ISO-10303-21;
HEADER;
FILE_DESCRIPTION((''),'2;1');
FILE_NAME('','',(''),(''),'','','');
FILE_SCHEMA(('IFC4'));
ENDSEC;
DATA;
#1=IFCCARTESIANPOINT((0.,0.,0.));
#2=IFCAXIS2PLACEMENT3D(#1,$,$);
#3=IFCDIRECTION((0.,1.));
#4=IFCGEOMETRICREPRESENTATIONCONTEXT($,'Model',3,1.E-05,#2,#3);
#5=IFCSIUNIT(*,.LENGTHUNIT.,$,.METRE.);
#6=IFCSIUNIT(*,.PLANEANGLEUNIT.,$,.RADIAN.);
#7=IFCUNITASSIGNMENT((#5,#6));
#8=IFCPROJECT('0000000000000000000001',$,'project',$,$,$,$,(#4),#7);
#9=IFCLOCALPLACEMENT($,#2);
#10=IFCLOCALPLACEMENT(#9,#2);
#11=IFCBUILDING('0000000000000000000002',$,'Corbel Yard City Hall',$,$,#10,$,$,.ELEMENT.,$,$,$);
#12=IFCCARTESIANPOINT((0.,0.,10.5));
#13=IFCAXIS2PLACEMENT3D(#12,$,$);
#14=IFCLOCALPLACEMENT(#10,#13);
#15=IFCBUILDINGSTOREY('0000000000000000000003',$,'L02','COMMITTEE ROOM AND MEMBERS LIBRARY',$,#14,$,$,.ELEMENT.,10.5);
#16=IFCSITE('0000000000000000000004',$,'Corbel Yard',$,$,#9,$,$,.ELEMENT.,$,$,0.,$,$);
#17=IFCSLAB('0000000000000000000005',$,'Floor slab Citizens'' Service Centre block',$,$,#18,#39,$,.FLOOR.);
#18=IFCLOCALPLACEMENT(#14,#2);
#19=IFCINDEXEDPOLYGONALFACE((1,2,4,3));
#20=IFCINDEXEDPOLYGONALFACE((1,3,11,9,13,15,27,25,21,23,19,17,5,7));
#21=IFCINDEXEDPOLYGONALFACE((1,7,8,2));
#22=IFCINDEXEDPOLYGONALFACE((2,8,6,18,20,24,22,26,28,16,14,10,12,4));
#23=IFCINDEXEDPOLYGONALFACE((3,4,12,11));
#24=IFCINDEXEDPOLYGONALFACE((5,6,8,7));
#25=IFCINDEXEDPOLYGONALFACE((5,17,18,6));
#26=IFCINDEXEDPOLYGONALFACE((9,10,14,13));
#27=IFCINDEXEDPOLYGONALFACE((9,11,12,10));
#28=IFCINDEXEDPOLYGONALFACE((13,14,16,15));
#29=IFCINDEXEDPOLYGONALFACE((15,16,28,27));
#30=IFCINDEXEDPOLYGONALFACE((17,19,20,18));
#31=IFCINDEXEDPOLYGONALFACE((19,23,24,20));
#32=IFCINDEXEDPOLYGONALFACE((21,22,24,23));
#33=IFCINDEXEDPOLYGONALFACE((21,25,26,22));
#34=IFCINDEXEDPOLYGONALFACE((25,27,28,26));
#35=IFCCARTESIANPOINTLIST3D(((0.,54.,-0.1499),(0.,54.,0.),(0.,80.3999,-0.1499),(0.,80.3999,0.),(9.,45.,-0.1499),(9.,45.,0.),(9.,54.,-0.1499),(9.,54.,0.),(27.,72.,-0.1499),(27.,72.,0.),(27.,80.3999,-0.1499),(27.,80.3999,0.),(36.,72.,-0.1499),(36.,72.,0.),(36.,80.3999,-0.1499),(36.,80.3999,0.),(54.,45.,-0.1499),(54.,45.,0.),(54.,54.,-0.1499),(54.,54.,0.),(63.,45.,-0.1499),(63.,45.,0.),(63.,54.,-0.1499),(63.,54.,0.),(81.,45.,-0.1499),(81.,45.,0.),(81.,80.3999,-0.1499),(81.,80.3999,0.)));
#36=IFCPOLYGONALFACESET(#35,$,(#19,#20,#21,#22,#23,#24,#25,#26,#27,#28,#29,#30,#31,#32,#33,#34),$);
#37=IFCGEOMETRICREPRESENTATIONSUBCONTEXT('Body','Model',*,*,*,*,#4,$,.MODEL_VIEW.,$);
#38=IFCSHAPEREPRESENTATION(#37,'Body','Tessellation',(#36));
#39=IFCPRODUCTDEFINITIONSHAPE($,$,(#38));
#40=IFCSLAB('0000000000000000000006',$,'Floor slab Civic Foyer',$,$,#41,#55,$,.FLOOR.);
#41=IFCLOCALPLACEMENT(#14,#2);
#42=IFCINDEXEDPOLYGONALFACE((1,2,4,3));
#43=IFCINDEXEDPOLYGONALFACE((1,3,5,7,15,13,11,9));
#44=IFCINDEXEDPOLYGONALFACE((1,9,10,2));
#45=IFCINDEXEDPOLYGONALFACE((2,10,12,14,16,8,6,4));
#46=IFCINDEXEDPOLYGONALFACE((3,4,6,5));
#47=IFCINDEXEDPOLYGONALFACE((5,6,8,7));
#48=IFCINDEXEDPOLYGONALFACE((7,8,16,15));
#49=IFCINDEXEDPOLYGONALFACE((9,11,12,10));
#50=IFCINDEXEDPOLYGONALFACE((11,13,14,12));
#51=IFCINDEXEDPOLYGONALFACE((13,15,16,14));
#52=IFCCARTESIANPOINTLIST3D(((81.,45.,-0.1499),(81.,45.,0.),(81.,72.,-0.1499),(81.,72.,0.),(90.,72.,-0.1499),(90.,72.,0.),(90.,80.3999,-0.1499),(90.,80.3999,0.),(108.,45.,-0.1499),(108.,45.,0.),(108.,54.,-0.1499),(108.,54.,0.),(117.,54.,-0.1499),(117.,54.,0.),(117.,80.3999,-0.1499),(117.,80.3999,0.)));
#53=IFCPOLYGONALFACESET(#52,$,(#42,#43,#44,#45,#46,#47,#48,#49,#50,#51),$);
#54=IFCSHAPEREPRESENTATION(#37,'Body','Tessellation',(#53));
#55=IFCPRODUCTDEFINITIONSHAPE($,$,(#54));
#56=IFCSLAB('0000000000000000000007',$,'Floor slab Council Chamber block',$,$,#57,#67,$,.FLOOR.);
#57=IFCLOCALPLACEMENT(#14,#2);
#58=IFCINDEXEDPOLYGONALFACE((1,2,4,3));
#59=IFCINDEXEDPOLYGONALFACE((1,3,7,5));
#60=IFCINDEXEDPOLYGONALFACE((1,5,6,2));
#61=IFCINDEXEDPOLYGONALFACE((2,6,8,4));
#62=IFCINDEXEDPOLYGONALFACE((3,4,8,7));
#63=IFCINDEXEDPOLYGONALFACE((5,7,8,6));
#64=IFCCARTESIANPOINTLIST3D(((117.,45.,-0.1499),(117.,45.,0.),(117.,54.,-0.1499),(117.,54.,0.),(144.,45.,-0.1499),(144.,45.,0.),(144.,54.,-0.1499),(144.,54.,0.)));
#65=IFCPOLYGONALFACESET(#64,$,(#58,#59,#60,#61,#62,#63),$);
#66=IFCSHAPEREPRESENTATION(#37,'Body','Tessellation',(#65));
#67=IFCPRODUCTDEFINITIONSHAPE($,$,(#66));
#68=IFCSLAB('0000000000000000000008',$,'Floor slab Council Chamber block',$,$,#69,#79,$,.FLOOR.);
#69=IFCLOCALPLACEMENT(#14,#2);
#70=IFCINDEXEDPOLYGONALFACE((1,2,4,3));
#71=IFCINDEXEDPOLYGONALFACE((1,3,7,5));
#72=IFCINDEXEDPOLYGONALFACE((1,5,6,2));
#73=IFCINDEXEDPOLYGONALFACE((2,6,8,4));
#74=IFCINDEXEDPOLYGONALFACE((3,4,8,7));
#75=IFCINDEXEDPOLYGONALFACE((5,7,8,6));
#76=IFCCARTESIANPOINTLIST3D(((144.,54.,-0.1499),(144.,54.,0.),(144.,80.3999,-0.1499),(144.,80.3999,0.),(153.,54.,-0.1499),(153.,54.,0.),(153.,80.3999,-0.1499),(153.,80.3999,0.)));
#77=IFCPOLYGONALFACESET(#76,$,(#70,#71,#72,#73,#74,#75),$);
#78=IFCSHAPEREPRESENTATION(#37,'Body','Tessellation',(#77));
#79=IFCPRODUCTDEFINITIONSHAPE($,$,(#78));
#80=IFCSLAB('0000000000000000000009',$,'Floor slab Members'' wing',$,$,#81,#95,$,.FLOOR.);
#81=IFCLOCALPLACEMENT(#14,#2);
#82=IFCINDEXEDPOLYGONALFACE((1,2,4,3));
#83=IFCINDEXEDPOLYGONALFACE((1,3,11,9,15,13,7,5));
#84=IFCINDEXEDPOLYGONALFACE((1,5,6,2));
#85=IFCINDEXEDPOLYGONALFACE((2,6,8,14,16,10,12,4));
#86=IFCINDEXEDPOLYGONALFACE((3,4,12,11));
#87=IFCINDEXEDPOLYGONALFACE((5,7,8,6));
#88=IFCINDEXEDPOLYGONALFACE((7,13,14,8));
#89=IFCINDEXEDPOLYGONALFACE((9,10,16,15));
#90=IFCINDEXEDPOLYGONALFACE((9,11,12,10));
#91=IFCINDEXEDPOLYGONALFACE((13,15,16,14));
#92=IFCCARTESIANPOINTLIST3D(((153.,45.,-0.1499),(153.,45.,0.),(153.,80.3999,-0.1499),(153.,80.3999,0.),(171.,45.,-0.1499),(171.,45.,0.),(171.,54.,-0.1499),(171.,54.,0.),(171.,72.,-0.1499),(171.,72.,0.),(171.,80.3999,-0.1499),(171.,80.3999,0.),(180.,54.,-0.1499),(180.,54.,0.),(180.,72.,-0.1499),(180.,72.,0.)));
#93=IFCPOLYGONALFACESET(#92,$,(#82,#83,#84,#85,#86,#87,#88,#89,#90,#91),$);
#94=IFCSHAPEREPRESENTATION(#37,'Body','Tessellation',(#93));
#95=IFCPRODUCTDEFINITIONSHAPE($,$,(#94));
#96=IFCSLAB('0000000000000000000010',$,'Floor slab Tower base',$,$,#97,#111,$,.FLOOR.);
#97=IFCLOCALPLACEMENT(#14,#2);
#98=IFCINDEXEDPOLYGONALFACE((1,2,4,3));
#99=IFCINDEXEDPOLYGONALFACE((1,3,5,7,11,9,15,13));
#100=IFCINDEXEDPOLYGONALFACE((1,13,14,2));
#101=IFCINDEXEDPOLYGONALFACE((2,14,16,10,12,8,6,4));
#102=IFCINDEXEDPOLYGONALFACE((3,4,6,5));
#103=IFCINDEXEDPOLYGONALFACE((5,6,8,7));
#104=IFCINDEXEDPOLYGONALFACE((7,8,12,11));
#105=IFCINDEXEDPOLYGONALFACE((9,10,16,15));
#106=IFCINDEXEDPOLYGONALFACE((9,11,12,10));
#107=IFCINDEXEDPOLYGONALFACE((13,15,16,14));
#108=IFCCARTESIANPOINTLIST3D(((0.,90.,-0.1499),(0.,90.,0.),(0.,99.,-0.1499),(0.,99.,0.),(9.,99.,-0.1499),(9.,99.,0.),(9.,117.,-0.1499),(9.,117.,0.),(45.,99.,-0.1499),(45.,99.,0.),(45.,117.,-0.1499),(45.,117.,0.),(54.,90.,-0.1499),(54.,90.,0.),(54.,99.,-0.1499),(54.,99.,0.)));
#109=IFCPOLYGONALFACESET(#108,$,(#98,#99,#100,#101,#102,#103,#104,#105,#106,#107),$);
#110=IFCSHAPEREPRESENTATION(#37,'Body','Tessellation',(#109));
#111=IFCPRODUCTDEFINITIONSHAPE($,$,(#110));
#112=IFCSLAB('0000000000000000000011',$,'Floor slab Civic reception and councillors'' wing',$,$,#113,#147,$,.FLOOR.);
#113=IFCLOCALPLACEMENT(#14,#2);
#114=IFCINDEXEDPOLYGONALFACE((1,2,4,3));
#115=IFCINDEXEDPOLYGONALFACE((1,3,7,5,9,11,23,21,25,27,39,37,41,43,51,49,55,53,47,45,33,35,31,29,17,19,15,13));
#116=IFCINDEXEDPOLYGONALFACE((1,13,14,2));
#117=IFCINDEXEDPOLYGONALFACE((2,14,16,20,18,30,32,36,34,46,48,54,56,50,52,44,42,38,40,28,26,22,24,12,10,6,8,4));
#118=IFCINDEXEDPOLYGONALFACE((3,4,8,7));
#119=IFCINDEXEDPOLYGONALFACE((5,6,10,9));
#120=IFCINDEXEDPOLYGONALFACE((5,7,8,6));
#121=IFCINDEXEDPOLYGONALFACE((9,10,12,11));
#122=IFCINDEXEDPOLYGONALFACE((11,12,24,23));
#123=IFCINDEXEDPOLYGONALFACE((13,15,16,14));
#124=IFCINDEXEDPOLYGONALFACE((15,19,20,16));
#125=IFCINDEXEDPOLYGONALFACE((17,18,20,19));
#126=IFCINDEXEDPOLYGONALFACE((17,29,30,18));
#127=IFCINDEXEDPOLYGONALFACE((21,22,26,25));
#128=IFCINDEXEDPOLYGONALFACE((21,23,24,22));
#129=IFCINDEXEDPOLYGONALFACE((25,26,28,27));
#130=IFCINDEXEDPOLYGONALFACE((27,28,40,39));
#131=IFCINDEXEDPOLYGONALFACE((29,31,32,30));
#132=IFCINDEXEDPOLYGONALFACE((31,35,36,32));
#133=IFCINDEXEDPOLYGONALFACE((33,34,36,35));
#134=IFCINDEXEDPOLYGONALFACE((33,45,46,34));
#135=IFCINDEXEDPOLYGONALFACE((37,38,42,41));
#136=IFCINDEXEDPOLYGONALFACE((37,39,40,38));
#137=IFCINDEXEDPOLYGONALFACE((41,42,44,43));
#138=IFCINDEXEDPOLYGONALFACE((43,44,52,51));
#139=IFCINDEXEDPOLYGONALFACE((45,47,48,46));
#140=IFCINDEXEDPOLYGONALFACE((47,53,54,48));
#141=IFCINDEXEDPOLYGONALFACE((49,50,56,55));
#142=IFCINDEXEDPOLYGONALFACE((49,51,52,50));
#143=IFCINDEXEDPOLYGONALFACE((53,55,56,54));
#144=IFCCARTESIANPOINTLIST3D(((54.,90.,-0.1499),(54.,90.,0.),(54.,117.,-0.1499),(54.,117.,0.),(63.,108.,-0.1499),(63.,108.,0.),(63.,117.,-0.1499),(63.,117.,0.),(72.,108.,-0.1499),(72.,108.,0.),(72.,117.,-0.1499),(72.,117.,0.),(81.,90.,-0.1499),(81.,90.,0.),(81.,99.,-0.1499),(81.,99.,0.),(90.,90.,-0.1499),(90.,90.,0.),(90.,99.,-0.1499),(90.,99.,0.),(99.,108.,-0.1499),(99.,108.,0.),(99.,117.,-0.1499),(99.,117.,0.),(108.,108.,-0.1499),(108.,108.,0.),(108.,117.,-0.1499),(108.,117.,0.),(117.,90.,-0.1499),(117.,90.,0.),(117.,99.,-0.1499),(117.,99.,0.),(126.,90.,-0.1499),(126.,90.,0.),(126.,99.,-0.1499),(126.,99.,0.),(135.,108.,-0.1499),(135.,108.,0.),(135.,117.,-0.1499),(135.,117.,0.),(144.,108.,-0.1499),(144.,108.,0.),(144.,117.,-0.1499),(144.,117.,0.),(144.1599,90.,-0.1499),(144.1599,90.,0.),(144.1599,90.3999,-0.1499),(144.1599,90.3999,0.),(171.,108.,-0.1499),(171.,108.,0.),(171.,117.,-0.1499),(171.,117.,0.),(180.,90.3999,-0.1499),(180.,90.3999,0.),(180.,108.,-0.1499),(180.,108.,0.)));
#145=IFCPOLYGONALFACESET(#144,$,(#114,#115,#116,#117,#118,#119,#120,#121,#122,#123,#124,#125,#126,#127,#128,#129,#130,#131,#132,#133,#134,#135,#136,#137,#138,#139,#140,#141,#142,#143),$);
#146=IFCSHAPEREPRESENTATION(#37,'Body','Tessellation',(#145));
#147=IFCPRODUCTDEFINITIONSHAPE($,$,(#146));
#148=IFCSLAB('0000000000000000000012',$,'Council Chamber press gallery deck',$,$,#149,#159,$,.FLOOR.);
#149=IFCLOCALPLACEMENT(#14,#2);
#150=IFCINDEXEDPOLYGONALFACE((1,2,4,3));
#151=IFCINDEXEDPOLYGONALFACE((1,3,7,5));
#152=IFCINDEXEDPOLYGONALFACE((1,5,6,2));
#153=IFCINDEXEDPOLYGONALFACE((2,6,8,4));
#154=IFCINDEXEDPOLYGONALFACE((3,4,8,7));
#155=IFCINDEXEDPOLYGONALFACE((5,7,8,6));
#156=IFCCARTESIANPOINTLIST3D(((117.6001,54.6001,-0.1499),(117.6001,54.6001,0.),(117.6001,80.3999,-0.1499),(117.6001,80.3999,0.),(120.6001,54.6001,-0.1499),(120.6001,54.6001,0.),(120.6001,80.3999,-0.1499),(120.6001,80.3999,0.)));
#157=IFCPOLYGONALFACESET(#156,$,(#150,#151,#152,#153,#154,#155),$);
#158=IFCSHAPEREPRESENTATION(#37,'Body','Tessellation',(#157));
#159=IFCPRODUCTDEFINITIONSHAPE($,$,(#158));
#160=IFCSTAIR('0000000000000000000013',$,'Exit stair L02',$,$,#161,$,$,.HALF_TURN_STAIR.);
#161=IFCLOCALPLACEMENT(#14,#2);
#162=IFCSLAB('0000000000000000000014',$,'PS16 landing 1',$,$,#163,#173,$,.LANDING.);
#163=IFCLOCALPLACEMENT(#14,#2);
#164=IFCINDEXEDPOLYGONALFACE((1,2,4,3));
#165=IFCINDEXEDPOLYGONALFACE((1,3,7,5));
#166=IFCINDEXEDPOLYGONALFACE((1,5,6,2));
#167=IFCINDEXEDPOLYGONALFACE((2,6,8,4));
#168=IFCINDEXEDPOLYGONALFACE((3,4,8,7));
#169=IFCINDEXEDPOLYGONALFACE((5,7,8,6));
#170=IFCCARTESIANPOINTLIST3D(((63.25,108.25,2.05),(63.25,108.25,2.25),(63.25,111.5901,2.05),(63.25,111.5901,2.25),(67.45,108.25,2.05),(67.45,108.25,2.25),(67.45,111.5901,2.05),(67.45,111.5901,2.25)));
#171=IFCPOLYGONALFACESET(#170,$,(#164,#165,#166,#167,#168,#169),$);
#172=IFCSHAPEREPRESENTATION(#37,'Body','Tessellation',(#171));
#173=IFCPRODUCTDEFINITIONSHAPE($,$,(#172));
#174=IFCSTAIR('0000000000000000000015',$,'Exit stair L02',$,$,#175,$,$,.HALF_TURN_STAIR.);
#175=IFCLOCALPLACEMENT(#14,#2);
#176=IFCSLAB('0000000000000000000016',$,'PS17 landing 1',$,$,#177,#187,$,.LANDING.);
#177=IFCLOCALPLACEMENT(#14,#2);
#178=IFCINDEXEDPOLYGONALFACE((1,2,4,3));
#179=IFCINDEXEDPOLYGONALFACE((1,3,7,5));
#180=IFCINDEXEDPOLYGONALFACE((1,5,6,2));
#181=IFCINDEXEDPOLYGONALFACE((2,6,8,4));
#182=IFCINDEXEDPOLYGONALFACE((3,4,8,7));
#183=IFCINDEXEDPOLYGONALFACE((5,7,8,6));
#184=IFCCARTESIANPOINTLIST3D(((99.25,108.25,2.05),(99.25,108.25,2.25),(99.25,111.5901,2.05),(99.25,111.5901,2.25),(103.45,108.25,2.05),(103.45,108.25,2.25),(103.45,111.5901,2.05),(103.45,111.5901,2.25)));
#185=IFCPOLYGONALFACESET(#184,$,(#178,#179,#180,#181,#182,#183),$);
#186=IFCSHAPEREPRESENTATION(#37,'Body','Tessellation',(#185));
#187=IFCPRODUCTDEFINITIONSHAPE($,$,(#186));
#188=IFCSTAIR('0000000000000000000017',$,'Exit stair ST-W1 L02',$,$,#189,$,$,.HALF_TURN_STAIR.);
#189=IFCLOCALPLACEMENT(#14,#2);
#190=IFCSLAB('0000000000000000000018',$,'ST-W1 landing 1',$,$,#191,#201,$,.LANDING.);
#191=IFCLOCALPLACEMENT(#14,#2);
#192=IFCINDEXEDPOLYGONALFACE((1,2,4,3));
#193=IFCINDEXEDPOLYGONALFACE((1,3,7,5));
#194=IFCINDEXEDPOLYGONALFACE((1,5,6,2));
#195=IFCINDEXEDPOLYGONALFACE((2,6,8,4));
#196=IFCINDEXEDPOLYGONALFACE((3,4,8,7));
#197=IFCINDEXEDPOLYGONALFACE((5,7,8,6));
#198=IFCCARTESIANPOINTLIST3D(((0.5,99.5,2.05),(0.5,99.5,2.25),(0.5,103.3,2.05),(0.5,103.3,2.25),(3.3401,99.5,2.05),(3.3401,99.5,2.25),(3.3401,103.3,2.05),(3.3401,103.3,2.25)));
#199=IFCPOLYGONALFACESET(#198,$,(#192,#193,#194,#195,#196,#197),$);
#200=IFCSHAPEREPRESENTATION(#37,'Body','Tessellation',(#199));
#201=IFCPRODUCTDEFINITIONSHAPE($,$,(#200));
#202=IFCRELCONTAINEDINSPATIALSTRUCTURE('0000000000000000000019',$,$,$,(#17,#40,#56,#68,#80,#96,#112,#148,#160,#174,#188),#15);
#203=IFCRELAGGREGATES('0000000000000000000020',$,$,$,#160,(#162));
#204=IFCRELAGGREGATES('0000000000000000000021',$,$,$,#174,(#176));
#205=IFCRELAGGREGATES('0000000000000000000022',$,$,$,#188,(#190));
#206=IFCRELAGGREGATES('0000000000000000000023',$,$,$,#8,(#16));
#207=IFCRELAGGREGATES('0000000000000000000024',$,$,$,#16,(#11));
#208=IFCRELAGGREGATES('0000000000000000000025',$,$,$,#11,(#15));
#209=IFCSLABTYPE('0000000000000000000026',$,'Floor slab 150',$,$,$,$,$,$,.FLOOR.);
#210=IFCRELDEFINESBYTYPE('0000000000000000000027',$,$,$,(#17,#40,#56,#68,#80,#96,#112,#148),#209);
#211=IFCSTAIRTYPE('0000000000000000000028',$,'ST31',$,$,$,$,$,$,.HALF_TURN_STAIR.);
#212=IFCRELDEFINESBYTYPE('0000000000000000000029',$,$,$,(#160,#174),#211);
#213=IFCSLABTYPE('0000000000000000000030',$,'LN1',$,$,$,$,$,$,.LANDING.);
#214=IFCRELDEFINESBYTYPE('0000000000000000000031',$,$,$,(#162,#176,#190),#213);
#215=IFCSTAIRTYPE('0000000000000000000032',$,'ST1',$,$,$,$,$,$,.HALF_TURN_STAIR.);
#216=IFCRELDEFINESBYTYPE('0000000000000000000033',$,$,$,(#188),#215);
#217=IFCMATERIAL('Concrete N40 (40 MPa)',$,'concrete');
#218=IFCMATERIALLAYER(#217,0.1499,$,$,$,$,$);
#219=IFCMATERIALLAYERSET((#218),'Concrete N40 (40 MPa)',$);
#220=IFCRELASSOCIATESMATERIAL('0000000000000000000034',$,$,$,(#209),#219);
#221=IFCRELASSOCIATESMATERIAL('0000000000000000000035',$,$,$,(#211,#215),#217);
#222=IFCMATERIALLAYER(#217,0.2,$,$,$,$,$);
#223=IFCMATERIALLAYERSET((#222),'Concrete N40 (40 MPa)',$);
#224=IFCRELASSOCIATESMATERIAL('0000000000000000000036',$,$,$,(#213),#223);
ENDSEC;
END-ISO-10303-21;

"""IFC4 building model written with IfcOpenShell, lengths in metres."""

from ifc_helpers import new_model, si_unit, direction, frame, origin, place, context, subcontext, project, spatial, polyline, outline, extrude, material, layer, layer_set, type_object, element, aggregate, save


model = new_model("IFC4")

# Units and contexts
model_context = context("Model", 3, precision=1e-05, world=origin(), true_north=direction((0.0, 1.0)))
body_context = subcontext(model_context, "Body", "Model", "MODEL_VIEW")
ifc_project = project(units=[si_unit("LENGTHUNIT", "METRE"), si_unit("PLANEANGLEUNIT", "RADIAN")], contexts=[model_context])

# Site, building, storey
site_placement = place(None, origin())
site = spatial("IfcSite", under=ifc_project, at=site_placement, Name="Corbel Yard", CompositionType="ELEMENT", RefElevation=0.0)
building_placement = place(site_placement, origin())
building = spatial("IfcBuilding", under=site, at=building_placement, Name="Corbel Yard City Hall", CompositionType="ELEMENT")
storey_placement = place(building_placement, frame((0.0, 0.0, 10.5)))
storey = spatial("IfcBuildingStorey", under=building, at=storey_placement, Name="L02", Description="COMMITTEE ROOM AND MEMBERS LIBRARY", CompositionType="ELEMENT", Elevation=10.5)

# Slabs
ifc_material_1 = material(Name="Concrete N40 (40 MPa)", Category="concrete")
ifc_layer_1 = layer(ifc_material_1, 0.1499)
ifc_layer_set_1 = layer_set([ifc_layer_1], Name="Concrete N40 (40 MPa)")
slab_type_1 = type_object("IfcSlabType", Name="Floor slab 150", PredefinedType="FLOOR", material=ifc_layer_set_1)
slab_1_placement = place(storey_placement, frame((0.0, 0.0, -0.1499)))
element("IfcSlab", 1, at=slab_1_placement, inside=storey, type_object=slab_type_1, Name="Floor slab Citizens' Service Centre block", PredefinedType="FLOOR", context=body_context, shape_type="SweptSolid", body=[
    extrude(outline(polyline([(81.0, 80.3999), (36.0, 80.3999), (36.0, 72.0), (27.0, 72.0), (27.0, 80.3999), (0.0, 80.3999), (0.0, 54.0), (9.0, 54.0), (9.0, 45.0), (54.0, 45.0), (54.0, 54.0), (63.0, 54.0), (63.0, 45.0), (81.0, 45.0), (81.0, 80.3999)])), origin(), (0.0, 0.0, 1.0), 0.1499),
])
slab_2_placement = place(storey_placement, frame((0.0, 0.0, -0.1499)))
element("IfcSlab", 2, at=slab_2_placement, inside=storey, type_object=slab_type_1, Name="Floor slab Civic Foyer", PredefinedType="FLOOR", context=body_context, shape_type="SweptSolid", body=[
    extrude(outline(polyline([(90.0, 80.3999), (90.0, 72.0), (81.0, 72.0), (81.0, 45.0), (108.0, 45.0), (108.0, 54.0), (117.0, 54.0), (117.0, 80.3999), (90.0, 80.3999)])), origin(), (0.0, 0.0, 1.0), 0.1499),
])
slab_3_placement = place(storey_placement, frame((0.0, 0.0, -0.1499)))
element("IfcSlab", 3, at=slab_3_placement, inside=storey, type_object=slab_type_1, Name="Floor slab Council Chamber block", PredefinedType="FLOOR", context=body_context, shape_type="SweptSolid", body=[
    extrude(outline(polyline([(144.0, 45.0), (144.0, 54.0), (117.0, 54.0), (117.0, 45.0), (144.0, 45.0)])), origin(), (0.0, 0.0, 1.0), 0.1499),
])
slab_4_placement = place(storey_placement, frame((0.0, 0.0, -0.1499)))
element("IfcSlab", 4, at=slab_4_placement, inside=storey, type_object=slab_type_1, Name="Floor slab Council Chamber block", PredefinedType="FLOOR", context=body_context, shape_type="SweptSolid", body=[
    extrude(outline(polyline([(153.0, 80.3999), (144.0, 80.3999), (144.0, 54.0), (153.0, 54.0), (153.0, 80.3999)])), origin(), (0.0, 0.0, 1.0), 0.1499),
])
slab_5_placement = place(storey_placement, frame((0.0, 0.0, -0.1499)))
element("IfcSlab", 5, at=slab_5_placement, inside=storey, type_object=slab_type_1, Name="Floor slab Members' wing", PredefinedType="FLOOR", context=body_context, shape_type="SweptSolid", body=[
    extrude(outline(polyline([(180.0, 54.0), (180.0, 72.0), (171.0, 72.0), (171.0, 80.3999), (153.0, 80.3999), (153.0, 45.0), (171.0, 45.0), (171.0, 54.0), (180.0, 54.0)])), origin(), (0.0, 0.0, 1.0), 0.1499),
])
slab_6_placement = place(storey_placement, frame((0.0, 0.0, -0.1499)))
element("IfcSlab", 6, at=slab_6_placement, inside=storey, type_object=slab_type_1, Name="Floor slab Tower base", PredefinedType="FLOOR", context=body_context, shape_type="SweptSolid", body=[
    extrude(outline(polyline([(54.0, 90.0), (54.0, 99.0), (45.0, 99.0), (45.0, 117.0), (9.0, 117.0), (9.0, 99.0), (0.0, 99.0), (0.0, 90.0), (54.0, 90.0)])), origin(), (0.0, 0.0, 1.0), 0.1499),
])
slab_7_placement = place(storey_placement, frame((0.0, 0.0, -0.1499)))
element("IfcSlab", 7, at=slab_7_placement, inside=storey, type_object=slab_type_1, Name="Floor slab Civic reception and councillors' wing", PredefinedType="FLOOR", context=body_context, shape_type="SweptSolid", body=[
    extrude(outline(polyline([(108.0, 117.0), (108.0, 108.0), (99.0, 108.0), (99.0, 117.0), (72.0, 117.0), (72.0, 108.0), (63.0, 108.0), (63.0, 117.0), (54.0, 117.0), (54.0, 90.0), (81.0, 90.0), (81.0, 99.0), (90.0, 99.0), (90.0, 90.0), (117.0, 90.0), (117.0, 99.0), (126.0, 99.0), (126.0, 90.0), (144.1599, 90.0), (144.1599, 90.3999), (180.0, 90.3999), (180.0, 108.0), (171.0, 108.0), (171.0, 117.0), (144.0, 117.0), (144.0, 108.0), (135.0, 108.0), (135.0, 117.0), (108.0, 117.0)])), origin(), (0.0, 0.0, 1.0), 0.1499),
])
slab_8_placement = place(storey_placement, frame((0.0, 0.0, -0.1499)))
element("IfcSlab", 8, at=slab_8_placement, inside=storey, type_object=slab_type_1, Name="Council Chamber press gallery deck", PredefinedType="FLOOR", context=body_context, shape_type="SweptSolid", body=[
    extrude(outline(polyline([(120.6001, 54.6001), (120.6001, 80.3999), (117.6001, 80.3999), (117.6001, 54.6001), (120.6001, 54.6001)])), origin(), (0.0, 0.0, 1.0), 0.1499),
])

# Stairs, slabs
stair_type_1 = type_object("IfcStairType", Name="ST31", PredefinedType="HALF_TURN_STAIR", material=ifc_material_1)
stair_1_placement = place(storey_placement, origin())
stair_1 = element("IfcStair", 9, at=stair_1_placement, inside=storey, type_object=stair_type_1, Name="Exit stair L02", PredefinedType="HALF_TURN_STAIR")
ifc_layer_2 = layer(ifc_material_1, 0.2)
ifc_layer_set_2 = layer_set([ifc_layer_2], Name="Concrete N40 (40 MPa)")
slab_type_2 = type_object("IfcSlabType", Name="LN1", PredefinedType="LANDING", material=ifc_layer_set_2)
slab_9_placement = place(storey_placement, frame((0.0, 0.0, 2.05)))
slab_9 = element("IfcSlab", 10, at=slab_9_placement, type_object=slab_type_2, Name="PS16 landing 1", PredefinedType="LANDING", context=body_context, shape_type="SweptSolid", body=[
    extrude(outline(polyline([(63.25, 108.25), (67.45, 108.25), (67.45, 111.5901), (63.25, 111.5901), (63.25, 108.25)])), origin(), (0.0, 0.0, 1.0), 0.2),
])
aggregate(stair_1, [slab_9])
stair_2_placement = place(storey_placement, origin())
stair_2 = element("IfcStair", 11, at=stair_2_placement, inside=storey, type_object=stair_type_1, Name="Exit stair L02", PredefinedType="HALF_TURN_STAIR")
slab_10_placement = place(storey_placement, frame((0.0, 0.0, 2.05)))
slab_10 = element("IfcSlab", 12, at=slab_10_placement, type_object=slab_type_2, Name="PS17 landing 1", PredefinedType="LANDING", context=body_context, shape_type="SweptSolid", body=[
    extrude(outline(polyline([(99.25, 108.25), (103.45, 108.25), (103.45, 111.5901), (99.25, 111.5901), (99.25, 108.25)])), origin(), (0.0, 0.0, 1.0), 0.2),
])
aggregate(stair_2, [slab_10])
stair_type_2 = type_object("IfcStairType", Name="ST1", PredefinedType="HALF_TURN_STAIR", material=ifc_material_1)
stair_3_placement = place(storey_placement, origin())
stair_3 = element("IfcStair", 13, at=stair_3_placement, inside=storey, type_object=stair_type_2, Name="Exit stair ST-W1 L02", PredefinedType="HALF_TURN_STAIR")
slab_11_placement = place(storey_placement, frame((0.0, 0.0, 2.05)))
slab_11 = element("IfcSlab", 14, at=slab_11_placement, type_object=slab_type_2, Name="ST-W1 landing 1", PredefinedType="LANDING", context=body_context, shape_type="SweptSolid", body=[
    extrude(outline(polyline([(0.5, 99.5), (3.3401, 99.5), (3.3401, 103.3), (0.5, 103.3), (0.5, 99.5)])), origin(), (0.0, 0.0, 1.0), 0.2),
])
aggregate(stair_3, [slab_11])

save(model, "model.ifc")
